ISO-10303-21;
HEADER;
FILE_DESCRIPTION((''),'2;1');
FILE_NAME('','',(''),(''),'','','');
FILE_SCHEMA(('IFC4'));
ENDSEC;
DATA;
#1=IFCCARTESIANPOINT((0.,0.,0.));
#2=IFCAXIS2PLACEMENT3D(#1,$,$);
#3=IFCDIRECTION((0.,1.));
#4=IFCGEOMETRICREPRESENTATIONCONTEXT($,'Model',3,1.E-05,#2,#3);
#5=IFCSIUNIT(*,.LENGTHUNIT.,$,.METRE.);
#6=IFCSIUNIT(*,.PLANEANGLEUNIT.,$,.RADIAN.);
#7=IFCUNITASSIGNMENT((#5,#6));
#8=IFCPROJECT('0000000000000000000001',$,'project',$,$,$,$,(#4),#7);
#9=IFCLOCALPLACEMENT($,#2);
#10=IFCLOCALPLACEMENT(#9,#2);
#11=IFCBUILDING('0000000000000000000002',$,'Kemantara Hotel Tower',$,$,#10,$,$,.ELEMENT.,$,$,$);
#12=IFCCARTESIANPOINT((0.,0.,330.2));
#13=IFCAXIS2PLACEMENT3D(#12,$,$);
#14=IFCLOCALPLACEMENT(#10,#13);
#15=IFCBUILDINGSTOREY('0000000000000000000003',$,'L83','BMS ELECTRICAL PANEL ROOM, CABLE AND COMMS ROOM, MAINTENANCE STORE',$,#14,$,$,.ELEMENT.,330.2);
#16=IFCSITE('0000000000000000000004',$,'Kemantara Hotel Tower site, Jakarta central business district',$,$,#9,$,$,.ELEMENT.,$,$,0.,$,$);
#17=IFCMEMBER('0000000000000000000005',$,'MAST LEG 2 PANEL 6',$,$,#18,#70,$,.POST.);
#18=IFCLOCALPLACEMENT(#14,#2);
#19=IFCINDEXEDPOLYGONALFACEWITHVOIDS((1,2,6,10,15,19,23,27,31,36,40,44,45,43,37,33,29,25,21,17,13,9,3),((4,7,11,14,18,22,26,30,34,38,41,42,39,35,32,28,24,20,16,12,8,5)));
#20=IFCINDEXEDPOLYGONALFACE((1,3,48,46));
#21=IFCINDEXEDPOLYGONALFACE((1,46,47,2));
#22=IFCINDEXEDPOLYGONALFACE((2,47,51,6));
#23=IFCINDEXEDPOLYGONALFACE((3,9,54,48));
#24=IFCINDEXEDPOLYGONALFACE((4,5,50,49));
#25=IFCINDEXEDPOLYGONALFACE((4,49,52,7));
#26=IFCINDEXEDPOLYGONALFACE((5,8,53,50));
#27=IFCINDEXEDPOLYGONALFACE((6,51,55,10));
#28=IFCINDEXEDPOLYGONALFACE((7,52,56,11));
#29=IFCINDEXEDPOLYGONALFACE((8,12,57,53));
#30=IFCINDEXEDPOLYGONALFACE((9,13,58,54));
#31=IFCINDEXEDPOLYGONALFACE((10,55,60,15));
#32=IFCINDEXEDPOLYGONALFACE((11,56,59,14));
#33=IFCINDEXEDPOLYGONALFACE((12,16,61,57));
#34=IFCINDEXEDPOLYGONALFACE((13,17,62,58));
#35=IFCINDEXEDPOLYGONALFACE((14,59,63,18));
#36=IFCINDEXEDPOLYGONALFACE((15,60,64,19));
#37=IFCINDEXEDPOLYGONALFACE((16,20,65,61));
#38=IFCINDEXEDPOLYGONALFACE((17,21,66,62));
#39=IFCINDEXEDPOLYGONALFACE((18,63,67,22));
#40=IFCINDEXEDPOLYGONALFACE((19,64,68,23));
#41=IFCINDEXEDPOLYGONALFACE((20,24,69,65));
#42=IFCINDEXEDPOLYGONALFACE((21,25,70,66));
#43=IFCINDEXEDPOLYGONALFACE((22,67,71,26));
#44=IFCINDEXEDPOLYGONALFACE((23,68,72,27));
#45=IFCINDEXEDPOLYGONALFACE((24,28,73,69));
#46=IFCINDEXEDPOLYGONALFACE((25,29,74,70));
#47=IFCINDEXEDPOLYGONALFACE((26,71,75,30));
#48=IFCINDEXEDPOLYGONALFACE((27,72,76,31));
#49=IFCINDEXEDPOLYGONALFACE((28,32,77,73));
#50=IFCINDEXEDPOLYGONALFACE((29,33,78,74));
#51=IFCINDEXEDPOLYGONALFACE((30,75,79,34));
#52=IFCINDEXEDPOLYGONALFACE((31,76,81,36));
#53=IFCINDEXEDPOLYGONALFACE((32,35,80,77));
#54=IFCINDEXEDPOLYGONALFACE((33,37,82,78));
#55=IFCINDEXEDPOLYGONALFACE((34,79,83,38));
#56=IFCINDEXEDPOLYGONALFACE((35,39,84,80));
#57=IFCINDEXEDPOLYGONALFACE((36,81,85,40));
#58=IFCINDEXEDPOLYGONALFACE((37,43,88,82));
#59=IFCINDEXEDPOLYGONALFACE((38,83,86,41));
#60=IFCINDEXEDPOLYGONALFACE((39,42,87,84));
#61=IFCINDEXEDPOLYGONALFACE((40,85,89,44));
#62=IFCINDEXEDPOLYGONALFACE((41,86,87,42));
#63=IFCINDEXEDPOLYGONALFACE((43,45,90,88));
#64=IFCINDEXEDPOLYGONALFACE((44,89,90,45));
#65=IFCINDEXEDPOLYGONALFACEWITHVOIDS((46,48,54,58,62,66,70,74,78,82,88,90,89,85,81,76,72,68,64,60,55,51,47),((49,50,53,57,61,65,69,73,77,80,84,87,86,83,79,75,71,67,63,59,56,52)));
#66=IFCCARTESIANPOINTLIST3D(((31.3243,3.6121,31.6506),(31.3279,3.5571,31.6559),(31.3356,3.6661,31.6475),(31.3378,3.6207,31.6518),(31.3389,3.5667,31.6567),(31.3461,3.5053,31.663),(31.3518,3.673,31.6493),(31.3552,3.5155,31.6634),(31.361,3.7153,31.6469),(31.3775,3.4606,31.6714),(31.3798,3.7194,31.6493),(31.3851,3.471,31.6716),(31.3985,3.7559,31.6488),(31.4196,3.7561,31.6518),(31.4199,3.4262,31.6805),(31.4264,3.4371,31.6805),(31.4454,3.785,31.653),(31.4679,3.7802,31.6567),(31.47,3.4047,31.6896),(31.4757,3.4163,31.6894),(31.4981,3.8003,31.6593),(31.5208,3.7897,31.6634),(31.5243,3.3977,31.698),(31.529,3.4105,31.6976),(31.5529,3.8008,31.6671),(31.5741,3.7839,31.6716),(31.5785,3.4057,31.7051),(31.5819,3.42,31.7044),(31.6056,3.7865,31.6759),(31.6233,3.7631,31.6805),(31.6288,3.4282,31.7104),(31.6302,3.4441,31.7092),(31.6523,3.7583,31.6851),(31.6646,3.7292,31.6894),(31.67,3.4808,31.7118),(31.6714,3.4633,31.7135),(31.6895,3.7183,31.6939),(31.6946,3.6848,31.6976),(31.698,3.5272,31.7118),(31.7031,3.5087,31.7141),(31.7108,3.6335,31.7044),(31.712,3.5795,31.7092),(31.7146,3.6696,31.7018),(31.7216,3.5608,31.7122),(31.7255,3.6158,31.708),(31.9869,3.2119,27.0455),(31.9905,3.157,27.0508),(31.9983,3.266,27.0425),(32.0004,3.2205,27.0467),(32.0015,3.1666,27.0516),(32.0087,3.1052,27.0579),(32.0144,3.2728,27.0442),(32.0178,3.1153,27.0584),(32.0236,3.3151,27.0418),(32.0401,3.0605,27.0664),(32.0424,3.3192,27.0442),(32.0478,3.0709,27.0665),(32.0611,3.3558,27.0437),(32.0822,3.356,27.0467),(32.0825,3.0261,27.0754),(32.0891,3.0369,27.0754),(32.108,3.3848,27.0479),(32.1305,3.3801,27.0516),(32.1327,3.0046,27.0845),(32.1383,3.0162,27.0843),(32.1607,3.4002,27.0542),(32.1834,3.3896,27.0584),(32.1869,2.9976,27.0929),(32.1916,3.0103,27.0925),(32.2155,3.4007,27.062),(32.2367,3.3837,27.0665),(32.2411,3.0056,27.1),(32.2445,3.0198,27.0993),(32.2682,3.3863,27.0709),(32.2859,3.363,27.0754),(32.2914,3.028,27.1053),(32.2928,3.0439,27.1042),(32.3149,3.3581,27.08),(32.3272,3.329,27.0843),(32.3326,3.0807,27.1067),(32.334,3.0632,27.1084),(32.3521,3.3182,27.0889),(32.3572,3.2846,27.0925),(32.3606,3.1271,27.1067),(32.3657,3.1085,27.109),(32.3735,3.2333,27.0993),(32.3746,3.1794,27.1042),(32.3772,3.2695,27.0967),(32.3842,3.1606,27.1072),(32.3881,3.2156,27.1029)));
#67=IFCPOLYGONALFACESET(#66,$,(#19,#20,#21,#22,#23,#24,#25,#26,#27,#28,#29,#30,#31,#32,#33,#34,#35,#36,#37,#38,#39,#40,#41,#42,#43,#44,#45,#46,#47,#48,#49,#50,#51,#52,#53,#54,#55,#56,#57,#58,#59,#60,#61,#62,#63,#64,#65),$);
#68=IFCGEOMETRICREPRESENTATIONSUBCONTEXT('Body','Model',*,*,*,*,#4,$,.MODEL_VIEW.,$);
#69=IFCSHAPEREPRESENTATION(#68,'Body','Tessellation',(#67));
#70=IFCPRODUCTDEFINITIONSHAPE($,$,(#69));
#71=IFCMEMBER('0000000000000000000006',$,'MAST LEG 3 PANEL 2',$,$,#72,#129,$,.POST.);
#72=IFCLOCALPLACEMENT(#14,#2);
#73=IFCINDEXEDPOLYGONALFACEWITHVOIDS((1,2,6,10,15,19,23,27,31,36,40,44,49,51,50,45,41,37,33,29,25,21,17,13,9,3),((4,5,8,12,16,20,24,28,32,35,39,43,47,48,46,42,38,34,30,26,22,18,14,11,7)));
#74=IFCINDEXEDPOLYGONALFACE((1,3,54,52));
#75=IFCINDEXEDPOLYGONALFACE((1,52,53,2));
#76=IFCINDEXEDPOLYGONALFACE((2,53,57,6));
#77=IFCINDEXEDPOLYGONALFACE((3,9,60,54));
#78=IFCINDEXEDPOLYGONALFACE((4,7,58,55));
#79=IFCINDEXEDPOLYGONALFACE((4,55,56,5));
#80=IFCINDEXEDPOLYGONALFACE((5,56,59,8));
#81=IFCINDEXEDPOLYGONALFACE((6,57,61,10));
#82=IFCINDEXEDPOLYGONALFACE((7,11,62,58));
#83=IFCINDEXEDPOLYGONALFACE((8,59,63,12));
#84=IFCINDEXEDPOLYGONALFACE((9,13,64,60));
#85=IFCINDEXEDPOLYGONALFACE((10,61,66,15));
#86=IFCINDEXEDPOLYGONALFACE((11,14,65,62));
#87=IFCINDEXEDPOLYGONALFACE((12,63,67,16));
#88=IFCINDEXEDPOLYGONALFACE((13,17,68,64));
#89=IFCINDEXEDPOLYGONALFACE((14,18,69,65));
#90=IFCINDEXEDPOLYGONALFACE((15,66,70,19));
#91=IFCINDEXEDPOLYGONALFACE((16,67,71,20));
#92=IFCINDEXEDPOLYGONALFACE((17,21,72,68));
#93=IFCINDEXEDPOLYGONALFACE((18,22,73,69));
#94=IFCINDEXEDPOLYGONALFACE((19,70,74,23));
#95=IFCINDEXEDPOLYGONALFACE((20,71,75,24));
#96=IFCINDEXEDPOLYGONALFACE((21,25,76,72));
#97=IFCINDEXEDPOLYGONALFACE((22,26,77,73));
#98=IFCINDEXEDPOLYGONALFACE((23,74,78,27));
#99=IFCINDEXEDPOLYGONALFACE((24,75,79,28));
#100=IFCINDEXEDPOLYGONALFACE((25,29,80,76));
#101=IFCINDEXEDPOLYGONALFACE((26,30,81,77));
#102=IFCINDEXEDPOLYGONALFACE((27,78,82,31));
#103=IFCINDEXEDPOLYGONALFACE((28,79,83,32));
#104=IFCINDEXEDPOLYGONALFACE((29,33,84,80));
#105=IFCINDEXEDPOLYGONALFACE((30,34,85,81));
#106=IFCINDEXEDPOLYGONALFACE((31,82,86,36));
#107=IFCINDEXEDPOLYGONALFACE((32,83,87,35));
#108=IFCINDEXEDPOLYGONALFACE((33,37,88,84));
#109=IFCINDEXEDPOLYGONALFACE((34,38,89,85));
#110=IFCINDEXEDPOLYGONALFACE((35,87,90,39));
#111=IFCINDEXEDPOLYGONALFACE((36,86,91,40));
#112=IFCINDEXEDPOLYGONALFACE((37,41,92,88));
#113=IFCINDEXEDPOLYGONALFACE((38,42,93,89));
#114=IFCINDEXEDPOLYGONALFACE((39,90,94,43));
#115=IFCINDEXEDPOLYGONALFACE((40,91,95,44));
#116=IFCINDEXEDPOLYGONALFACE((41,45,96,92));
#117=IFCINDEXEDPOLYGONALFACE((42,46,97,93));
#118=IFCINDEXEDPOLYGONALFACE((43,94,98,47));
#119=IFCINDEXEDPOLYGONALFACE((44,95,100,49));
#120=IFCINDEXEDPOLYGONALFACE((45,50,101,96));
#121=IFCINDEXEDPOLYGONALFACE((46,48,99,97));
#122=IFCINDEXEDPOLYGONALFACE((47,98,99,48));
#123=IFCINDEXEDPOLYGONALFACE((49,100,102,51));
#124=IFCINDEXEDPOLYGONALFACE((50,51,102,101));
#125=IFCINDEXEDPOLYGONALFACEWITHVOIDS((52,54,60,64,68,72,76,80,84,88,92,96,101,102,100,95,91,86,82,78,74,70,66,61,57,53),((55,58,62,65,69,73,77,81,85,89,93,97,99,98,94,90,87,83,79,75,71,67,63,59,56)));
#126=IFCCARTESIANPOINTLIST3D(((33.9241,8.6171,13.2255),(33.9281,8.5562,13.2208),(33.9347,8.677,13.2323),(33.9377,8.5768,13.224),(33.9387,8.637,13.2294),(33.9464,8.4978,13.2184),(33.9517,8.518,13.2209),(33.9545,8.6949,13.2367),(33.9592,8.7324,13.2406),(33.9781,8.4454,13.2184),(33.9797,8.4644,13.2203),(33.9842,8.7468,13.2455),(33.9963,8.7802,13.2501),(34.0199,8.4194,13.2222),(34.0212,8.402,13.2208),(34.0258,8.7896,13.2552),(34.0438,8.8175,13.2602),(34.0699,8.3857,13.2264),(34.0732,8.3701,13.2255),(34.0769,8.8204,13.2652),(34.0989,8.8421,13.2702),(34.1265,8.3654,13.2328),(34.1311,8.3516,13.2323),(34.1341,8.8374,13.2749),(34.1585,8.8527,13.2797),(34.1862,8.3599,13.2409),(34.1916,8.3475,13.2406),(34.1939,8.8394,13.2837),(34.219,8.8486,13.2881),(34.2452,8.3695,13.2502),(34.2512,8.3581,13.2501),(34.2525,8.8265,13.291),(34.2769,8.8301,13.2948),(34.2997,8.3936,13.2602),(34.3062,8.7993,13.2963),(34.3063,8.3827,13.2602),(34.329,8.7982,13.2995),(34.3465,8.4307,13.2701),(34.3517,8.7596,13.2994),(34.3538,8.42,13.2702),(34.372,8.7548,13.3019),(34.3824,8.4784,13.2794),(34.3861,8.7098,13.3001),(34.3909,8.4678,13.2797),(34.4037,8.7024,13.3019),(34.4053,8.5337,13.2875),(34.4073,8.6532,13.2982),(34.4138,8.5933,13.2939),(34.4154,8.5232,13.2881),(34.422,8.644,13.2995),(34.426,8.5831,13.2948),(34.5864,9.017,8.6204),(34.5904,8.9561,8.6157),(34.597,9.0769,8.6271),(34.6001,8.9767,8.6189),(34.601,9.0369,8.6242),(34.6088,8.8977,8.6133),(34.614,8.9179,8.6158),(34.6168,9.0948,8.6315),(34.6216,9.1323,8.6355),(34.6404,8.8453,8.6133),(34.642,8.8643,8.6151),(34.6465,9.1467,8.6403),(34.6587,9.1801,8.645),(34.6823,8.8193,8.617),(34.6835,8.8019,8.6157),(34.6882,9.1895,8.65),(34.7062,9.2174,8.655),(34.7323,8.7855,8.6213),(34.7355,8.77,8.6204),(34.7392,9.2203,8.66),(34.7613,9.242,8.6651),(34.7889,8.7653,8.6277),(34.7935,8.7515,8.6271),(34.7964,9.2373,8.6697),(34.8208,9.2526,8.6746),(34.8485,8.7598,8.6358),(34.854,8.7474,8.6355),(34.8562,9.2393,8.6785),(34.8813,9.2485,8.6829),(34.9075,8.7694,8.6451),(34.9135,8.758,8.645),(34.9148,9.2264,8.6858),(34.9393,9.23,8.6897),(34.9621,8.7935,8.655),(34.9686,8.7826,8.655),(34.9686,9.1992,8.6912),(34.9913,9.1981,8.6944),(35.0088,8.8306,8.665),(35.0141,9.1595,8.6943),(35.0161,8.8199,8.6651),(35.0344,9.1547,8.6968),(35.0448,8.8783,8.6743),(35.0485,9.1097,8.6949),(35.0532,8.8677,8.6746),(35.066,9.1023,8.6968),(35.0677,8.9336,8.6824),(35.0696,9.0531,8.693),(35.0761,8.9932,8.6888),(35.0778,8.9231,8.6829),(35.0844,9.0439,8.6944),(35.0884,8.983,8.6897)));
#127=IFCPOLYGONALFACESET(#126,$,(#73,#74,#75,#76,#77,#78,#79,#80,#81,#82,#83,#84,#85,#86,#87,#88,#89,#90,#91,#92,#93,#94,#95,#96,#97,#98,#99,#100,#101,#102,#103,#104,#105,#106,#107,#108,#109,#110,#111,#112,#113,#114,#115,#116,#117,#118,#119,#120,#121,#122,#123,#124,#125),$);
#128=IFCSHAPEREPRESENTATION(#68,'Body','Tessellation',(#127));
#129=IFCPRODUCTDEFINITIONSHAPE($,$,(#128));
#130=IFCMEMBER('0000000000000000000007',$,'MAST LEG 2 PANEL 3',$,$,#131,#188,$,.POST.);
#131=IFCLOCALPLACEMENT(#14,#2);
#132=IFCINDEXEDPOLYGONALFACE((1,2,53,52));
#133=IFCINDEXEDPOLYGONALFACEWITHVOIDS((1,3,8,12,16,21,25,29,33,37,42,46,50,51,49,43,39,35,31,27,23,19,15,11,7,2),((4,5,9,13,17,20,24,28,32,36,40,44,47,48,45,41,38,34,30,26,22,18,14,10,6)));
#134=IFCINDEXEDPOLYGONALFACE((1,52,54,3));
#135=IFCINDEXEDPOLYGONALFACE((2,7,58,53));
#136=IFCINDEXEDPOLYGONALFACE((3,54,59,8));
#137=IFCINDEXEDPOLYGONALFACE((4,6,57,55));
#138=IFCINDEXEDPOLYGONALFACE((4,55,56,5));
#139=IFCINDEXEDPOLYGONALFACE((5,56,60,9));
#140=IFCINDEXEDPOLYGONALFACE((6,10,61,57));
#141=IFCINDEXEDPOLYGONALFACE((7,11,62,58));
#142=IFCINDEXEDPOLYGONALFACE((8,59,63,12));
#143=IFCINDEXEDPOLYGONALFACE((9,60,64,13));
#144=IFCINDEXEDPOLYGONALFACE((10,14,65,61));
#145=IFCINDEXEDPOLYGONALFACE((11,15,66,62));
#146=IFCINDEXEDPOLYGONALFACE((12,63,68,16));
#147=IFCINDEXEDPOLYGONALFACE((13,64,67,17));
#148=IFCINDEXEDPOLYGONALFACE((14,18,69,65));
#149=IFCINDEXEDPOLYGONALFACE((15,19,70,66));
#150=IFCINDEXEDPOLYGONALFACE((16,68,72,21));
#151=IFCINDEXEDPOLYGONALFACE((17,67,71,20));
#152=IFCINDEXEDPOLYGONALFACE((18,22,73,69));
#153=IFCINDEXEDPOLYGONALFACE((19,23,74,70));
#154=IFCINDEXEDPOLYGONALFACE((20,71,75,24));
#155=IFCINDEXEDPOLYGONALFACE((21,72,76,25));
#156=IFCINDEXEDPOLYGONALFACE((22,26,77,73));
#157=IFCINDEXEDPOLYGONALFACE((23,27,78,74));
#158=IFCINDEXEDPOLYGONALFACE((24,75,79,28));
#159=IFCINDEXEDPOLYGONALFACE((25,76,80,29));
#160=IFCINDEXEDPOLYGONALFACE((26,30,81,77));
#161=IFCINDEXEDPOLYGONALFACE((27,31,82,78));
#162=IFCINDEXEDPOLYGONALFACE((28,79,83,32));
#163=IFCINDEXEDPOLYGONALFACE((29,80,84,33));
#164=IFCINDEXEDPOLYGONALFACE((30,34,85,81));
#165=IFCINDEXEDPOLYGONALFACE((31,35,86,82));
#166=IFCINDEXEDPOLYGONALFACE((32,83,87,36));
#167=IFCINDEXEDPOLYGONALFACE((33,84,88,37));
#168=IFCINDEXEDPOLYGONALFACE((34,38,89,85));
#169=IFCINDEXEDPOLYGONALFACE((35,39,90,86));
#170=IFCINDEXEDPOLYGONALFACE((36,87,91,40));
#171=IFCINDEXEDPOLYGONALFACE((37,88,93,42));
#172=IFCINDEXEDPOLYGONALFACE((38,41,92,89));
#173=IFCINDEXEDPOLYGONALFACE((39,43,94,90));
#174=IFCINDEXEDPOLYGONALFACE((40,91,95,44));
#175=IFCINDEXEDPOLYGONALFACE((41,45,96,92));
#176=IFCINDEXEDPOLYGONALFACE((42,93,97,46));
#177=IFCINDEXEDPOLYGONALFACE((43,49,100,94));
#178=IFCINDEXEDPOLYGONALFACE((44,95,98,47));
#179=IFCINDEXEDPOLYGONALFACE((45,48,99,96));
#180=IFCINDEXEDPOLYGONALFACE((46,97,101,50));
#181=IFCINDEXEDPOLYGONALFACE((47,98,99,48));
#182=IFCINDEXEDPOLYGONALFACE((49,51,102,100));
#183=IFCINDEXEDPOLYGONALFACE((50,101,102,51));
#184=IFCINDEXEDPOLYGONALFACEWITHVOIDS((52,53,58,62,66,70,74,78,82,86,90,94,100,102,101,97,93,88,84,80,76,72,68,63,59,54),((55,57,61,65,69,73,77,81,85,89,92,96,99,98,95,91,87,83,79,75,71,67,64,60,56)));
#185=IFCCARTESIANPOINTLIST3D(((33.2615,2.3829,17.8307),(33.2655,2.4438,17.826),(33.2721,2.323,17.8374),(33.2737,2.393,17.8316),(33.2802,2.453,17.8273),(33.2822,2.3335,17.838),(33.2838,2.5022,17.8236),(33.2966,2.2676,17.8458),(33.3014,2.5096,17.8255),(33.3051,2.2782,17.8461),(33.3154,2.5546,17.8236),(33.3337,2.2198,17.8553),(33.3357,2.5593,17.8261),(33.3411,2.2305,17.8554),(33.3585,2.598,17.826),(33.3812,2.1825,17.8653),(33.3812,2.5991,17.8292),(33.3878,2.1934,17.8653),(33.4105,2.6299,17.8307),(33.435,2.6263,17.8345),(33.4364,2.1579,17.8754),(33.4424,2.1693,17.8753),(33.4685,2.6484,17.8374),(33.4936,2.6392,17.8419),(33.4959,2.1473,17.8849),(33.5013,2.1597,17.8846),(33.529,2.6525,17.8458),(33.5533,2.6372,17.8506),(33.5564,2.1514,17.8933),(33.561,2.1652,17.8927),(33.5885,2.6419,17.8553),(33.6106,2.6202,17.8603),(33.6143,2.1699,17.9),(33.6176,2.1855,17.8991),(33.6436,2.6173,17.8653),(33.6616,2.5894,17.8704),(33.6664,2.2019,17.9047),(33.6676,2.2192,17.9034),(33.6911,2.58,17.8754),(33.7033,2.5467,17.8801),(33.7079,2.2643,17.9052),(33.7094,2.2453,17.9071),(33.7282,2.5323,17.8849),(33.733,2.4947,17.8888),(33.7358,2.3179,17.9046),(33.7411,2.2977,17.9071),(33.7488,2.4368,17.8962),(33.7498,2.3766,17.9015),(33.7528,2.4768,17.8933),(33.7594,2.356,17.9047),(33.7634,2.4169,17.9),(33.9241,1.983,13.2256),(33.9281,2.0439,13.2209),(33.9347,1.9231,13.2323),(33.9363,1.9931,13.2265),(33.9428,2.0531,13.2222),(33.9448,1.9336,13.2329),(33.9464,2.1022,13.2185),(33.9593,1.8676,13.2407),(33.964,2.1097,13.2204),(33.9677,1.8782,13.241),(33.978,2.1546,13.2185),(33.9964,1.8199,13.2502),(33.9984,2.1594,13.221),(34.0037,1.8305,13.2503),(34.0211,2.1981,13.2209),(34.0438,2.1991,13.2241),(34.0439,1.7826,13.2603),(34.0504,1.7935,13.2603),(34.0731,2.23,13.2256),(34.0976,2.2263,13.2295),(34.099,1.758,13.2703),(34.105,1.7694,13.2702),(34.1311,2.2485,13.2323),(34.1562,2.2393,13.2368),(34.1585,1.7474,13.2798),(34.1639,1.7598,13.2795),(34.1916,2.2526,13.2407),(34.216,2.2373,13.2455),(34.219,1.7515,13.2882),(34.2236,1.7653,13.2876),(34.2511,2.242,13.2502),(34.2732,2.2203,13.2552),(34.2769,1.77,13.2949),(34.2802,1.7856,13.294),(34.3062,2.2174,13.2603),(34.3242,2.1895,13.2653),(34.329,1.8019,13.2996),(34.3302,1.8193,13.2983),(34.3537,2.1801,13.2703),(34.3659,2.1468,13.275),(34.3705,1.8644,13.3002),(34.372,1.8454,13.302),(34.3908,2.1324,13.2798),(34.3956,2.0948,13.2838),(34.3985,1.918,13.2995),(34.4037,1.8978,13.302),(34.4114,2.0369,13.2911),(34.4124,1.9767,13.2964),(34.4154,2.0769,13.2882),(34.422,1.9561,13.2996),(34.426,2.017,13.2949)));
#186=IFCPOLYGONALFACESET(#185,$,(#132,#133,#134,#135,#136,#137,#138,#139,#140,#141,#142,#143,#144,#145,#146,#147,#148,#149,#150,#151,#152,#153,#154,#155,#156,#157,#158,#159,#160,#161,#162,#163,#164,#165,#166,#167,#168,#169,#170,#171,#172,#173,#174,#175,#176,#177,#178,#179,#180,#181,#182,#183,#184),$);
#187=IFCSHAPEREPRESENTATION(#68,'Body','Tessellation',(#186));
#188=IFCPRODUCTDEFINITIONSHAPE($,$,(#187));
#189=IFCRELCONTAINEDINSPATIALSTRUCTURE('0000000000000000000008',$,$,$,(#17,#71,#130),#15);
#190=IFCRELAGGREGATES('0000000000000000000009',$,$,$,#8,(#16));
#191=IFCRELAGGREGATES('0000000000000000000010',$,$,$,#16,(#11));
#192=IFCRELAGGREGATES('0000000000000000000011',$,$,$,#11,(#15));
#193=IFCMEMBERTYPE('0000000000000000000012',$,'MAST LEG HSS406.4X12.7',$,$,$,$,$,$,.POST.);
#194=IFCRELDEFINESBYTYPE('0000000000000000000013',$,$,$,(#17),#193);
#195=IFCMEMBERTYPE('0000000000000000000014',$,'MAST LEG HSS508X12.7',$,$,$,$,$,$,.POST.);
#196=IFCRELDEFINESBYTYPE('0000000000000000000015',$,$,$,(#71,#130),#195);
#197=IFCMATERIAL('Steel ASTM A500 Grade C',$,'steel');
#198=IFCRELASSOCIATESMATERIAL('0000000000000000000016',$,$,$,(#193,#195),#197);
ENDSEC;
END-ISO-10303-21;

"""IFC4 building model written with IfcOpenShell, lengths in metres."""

from ifc_helpers import new_model, si_unit, direction, frame, origin, origin_2d, place, context, subcontext, project, spatial, hollow_circle, extrude, material, material_profile, profile_set, type_object, element, save


model = new_model("IFC4")

# Units and contexts
model_context = context("Model", 3, precision=1e-05, world=origin(), true_north=direction((0.0, 1.0)))
body_context = subcontext(model_context, "Body", "Model", "MODEL_VIEW")
ifc_project = project(units=[si_unit("LENGTHUNIT", "METRE"), si_unit("PLANEANGLEUNIT", "RADIAN")], contexts=[model_context])

# Site, building, storey
site_placement = place(None, origin())
site = spatial("IfcSite", under=ifc_project, at=site_placement, Name="Kemantara Hotel Tower site, Jakarta central business district", CompositionType="ELEMENT", RefElevation=0.0)
building_placement = place(site_placement, origin())
building = spatial("IfcBuilding", under=site, at=building_placement, Name="Kemantara Hotel Tower", CompositionType="ELEMENT")
storey_placement = place(building_placement, frame((0.0, 0.0, 330.2)))
storey = spatial("IfcBuildingStorey", under=building, at=storey_placement, Name="L83", Description="BMS ELECTRICAL PANEL ROOM, CABLE AND COMMS ROOM, MAINTENANCE STORE", CompositionType="ELEMENT", Elevation=330.2)

# Members
ifc_material_1 = material(Name="Steel ASTM A500 Grade C", Category="steel")
ifc_material_profile_1 = material_profile(ifc_material_1, hollow_circle(Radius=0.2031, WallThickness=0.0127, at=origin_2d()), Name="HSS406.4X12.7")
ifc_profile_set_1 = profile_set([ifc_material_profile_1], Name="Steel ASTM A500 Grade C")
member_type_1 = type_object("IfcMemberType", Name="MAST LEG HSS406.4X12.7", PredefinedType="POST", material=ifc_profile_set_1)
member_1_placement = place(storey_placement, frame((32.1875, 3.2, 27.0754), z_axis=(-0.141897, 0.085692, 0.986165), x_axis=(-0.516952, -0.856014, 0.0)))
element("IfcMember", 1, at=member_1_placement, inside=storey, type_object=member_type_1, Name="MAST LEG 2 PANEL 6", PredefinedType="POST", context=body_context, shape_type="SweptSolid", body=[
    extrude(hollow_circle(Radius=0.2031, WallThickness=0.0127, at=origin_2d()), origin(), (0.0, 0.0, 1.0), 4.6697),
])
ifc_material_profile_2 = material_profile(ifc_material_1, hollow_circle(Radius=0.2539, WallThickness=0.0127, at=origin_2d()), Name="HSS508X12.7")
ifc_profile_set_2 = profile_set([ifc_material_profile_2], Name="Steel ASTM A500 Grade C")
member_type_2 = type_object("IfcMemberType", Name="MAST LEG HSS508X12.7", PredefinedType="POST", material=ifc_profile_set_2)
for number, where, z_axis, x_axis, name in (
    (2, (34.8374, 9.0, 8.655), (-0.141839, -0.085636, 0.986179), (0.51686, -0.85607, 0.0), "MAST LEG 3 PANEL 2"),
    (3, (34.175, 2.0, 13.2603), (-0.141897, 0.08564, 0.98617), (-0.516721, -0.856154, 0.0), "MAST LEG 2 PANEL 3"),
):
    element("IfcMember", number, at=place(storey_placement, frame(where, z_axis=z_axis, x_axis=x_axis)), inside=storey, type_object=member_type_2, Name=name, PredefinedType="POST", context=body_context, shape_type="SweptSolid", body=[
        extrude(hollow_circle(Radius=0.2539, WallThickness=0.0127, at=origin_2d()), origin(), (0.0, 0.0, 1.0), 4.6697),
    ])

save(model, "model.ifc")
